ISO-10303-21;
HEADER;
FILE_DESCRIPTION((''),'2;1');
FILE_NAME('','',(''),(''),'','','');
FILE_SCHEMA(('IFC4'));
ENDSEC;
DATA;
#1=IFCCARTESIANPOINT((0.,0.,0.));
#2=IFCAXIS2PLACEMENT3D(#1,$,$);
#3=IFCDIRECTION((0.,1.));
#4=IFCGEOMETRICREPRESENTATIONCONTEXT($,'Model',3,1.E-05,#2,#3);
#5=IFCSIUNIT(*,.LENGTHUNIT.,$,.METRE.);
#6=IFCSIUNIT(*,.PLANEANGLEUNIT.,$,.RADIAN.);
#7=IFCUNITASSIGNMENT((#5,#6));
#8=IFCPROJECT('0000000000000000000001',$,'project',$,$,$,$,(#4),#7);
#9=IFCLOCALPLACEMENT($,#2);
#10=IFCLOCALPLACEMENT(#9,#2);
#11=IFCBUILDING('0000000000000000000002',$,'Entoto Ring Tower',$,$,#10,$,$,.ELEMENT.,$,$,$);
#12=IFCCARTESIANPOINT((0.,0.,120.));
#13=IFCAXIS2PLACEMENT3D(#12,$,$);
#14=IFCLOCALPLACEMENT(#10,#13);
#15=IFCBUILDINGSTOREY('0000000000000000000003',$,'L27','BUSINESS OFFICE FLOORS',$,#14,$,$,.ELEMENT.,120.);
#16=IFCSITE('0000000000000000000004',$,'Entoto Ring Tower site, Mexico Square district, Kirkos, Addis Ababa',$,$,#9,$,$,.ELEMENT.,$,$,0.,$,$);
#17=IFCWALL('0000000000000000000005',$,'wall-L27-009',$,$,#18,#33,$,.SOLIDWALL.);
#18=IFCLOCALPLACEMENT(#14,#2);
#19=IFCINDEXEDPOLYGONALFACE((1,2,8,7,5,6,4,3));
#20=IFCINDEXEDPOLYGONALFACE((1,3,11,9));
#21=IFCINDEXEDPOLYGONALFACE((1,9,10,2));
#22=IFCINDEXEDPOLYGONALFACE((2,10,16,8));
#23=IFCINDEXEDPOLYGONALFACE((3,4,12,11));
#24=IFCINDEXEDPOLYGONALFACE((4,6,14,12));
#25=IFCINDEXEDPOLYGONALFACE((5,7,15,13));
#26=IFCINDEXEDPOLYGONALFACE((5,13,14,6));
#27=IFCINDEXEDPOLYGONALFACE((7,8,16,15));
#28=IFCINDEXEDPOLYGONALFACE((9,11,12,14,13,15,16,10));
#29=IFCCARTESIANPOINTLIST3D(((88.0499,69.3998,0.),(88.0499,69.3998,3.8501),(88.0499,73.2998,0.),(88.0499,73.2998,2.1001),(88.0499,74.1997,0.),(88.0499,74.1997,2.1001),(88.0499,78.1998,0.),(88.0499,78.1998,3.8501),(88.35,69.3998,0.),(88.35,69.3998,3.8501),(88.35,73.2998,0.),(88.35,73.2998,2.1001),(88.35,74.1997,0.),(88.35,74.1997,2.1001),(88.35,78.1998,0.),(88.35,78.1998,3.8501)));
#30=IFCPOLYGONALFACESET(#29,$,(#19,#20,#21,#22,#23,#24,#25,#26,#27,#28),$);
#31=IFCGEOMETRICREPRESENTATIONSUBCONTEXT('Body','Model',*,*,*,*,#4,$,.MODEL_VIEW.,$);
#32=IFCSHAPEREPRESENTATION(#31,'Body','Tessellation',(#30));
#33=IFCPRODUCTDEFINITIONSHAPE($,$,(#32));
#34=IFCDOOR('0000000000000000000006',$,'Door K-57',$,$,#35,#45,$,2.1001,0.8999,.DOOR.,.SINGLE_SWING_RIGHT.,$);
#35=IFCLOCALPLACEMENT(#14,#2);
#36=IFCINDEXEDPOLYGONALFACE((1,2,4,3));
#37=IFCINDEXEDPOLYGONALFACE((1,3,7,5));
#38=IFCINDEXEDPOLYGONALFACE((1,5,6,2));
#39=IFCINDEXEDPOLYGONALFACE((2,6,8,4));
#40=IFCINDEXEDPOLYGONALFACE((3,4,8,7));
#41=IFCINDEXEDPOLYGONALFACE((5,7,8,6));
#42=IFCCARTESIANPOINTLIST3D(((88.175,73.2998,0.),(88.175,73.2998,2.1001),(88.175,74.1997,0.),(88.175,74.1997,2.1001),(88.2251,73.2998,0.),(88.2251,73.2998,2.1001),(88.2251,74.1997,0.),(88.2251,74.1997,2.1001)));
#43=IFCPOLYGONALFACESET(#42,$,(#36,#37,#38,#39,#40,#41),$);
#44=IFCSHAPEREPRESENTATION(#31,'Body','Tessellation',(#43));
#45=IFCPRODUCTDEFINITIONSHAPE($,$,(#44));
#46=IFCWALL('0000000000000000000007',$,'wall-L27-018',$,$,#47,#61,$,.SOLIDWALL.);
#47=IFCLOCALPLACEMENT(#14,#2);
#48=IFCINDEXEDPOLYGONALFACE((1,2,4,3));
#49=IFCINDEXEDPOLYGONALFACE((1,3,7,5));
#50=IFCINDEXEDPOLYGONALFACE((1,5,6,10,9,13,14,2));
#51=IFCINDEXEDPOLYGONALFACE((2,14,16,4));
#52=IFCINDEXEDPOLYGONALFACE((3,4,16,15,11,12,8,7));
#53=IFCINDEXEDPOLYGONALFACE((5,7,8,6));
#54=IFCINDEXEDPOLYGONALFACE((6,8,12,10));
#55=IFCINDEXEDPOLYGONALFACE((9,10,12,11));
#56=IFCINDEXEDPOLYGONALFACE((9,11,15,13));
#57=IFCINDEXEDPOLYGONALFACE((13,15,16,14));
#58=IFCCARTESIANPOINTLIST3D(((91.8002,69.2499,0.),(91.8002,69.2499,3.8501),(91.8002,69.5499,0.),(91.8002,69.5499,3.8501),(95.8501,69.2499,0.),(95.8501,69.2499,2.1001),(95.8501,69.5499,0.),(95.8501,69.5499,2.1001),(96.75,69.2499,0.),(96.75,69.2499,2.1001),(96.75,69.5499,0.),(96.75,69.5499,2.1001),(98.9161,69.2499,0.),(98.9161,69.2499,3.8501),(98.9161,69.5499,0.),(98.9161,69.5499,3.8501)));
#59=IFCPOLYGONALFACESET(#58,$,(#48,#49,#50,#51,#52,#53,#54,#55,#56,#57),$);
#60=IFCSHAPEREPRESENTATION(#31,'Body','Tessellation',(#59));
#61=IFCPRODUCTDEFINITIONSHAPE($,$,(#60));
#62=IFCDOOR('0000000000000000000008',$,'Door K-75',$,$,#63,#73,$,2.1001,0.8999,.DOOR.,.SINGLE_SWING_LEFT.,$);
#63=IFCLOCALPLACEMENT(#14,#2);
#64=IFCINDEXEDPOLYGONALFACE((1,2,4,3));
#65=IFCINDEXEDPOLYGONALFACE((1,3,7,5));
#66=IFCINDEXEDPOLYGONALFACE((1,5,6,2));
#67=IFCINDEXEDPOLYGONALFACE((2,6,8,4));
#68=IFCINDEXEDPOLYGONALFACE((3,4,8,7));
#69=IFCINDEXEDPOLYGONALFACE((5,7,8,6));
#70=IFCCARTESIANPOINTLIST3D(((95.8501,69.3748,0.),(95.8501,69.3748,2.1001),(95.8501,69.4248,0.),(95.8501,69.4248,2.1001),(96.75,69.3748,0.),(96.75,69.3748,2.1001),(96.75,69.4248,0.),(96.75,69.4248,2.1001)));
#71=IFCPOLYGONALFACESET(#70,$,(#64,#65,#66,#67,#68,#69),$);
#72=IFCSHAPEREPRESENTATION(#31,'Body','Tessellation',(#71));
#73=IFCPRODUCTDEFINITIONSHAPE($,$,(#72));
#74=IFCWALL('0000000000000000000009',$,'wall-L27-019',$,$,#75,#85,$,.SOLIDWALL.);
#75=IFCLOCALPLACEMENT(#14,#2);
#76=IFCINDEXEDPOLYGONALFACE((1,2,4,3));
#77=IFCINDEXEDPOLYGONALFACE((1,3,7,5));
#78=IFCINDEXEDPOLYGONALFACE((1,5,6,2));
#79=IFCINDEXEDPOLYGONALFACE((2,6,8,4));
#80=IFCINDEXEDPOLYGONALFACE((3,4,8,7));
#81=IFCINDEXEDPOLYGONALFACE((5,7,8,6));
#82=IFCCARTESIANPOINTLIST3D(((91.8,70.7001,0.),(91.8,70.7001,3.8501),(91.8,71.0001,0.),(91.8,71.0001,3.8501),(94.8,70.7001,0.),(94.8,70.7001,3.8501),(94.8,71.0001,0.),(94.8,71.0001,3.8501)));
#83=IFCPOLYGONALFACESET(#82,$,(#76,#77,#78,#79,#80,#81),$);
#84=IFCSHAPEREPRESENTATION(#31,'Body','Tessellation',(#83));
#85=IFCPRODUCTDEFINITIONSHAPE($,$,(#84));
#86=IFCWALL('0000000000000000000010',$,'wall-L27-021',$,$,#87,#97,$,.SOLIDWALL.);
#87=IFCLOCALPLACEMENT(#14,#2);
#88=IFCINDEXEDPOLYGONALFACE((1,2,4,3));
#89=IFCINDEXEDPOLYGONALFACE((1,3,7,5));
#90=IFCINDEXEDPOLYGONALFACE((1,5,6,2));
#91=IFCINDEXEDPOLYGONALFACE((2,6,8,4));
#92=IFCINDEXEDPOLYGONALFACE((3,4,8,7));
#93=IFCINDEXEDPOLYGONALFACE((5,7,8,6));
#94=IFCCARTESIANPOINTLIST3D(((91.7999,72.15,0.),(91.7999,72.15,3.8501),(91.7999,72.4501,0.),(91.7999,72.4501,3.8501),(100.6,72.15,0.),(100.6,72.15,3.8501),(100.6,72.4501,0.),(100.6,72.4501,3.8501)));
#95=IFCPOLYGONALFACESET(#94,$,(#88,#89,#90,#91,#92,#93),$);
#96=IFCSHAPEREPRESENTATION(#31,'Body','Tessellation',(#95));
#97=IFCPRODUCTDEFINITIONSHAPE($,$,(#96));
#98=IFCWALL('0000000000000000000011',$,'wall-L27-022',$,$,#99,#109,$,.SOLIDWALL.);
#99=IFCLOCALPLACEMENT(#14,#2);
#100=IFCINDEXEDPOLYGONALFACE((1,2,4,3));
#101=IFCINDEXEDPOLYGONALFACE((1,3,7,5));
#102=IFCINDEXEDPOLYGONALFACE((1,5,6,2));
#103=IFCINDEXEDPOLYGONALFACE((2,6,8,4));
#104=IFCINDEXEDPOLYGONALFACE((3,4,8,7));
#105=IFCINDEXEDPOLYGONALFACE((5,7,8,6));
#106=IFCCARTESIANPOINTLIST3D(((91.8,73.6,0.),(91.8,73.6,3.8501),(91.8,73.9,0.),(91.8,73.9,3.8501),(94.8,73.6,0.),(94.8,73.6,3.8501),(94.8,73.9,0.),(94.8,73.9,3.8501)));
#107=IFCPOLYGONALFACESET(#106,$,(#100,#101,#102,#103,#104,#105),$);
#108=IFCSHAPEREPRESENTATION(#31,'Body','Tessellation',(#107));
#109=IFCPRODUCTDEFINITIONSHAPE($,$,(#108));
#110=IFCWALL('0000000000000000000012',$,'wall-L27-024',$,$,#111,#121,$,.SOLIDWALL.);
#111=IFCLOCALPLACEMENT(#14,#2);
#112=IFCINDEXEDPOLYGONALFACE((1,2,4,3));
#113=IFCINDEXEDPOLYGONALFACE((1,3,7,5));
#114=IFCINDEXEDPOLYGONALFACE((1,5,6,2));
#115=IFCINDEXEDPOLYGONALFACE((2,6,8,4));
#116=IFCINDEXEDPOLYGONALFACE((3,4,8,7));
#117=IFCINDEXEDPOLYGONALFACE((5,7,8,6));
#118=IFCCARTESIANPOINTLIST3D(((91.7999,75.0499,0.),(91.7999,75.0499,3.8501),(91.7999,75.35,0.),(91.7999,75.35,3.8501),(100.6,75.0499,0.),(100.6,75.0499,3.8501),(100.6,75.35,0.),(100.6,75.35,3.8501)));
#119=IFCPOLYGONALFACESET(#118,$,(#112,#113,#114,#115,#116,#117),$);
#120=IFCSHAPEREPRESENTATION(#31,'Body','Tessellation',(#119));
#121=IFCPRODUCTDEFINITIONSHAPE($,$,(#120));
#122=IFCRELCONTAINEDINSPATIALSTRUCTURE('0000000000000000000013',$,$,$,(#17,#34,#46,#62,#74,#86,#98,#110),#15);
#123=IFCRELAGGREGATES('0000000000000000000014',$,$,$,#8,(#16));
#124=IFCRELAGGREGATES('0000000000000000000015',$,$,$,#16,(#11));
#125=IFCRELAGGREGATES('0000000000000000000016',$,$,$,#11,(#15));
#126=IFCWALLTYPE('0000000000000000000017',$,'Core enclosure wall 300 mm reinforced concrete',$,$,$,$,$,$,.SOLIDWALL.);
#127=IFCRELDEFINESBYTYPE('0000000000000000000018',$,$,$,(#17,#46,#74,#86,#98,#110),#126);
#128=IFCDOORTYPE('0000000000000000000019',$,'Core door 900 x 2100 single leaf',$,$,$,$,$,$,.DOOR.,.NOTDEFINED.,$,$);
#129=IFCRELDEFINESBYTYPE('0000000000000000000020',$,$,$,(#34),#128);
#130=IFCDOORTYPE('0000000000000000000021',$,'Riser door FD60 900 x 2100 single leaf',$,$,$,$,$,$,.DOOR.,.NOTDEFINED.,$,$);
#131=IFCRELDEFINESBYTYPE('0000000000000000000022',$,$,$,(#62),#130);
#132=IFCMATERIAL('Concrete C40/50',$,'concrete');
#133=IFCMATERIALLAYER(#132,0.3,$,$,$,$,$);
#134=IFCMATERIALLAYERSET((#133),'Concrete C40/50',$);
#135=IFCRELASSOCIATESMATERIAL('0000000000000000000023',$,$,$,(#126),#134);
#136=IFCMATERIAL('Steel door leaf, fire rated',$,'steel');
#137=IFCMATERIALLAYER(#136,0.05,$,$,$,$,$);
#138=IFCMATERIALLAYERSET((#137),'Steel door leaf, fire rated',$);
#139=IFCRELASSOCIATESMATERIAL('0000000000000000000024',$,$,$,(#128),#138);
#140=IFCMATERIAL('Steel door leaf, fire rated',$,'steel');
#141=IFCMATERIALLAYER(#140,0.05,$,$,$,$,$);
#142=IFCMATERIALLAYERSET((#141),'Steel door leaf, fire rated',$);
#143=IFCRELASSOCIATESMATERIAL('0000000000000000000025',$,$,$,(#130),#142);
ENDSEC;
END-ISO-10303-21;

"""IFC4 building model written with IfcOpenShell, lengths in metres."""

from ifc_helpers import new_model, si_unit, direction, frame, frame_2d, origin, place, context, subcontext, project, spatial, rectangle, extrude, material, layer, layer_set, type_object, element, fill, save


model = new_model("IFC4")

# Units and contexts
model_context = context("Model", 3, precision=1e-05, world=origin(), true_north=direction((0.0, 1.0)))
body_context = subcontext(model_context, "Body", "Model", "MODEL_VIEW")
ifc_project = project(units=[si_unit("LENGTHUNIT", "METRE"), si_unit("PLANEANGLEUNIT", "RADIAN")], contexts=[model_context])

# Site, building, storey
site_placement = place(None, origin())
site = spatial("IfcSite", under=ifc_project, at=site_placement, Name="Entoto Ring Tower site, Mexico Square district, Kirkos, Addis Ababa", CompositionType="ELEMENT", RefElevation=0.0)
building_placement = place(site_placement, origin())
building = spatial("IfcBuilding", under=site, at=building_placement, Name="Entoto Ring Tower", CompositionType="ELEMENT")
storey_placement = place(building_placement, frame((0.0, 0.0, 120.0)))
storey = spatial("IfcBuildingStorey", under=building, at=storey_placement, Name="L27", Description="BUSINESS OFFICE FLOORS", CompositionType="ELEMENT", Elevation=120.0)

# Shared definitions
ifc_material_1 = material(Name="Concrete C40/50", Category="concrete")
ifc_layer_1 = layer(ifc_material_1, 0.3)
ifc_layer_set_1 = layer_set([ifc_layer_1], Name="Concrete C40/50")
wall_type = type_object("IfcWallType", Name="Core enclosure wall 300 mm reinforced concrete", PredefinedType="SOLIDWALL", material=ifc_layer_set_1)

# Shared definitions
ifc_material_2 = material(Name="Steel door leaf, fire rated", Category="steel")
ifc_layer_2 = layer(ifc_material_2, 0.05)
ifc_layer_set_2 = layer_set([ifc_layer_2], Name="Steel door leaf, fire rated")
door_type_1 = type_object("IfcDoorType", Name="Core door 900 x 2100 single leaf", OperationType="NOTDEFINED", PredefinedType="DOOR", material=ifc_layer_set_2)

# Walls, openings, doors
wall_1_placement = place(storey_placement, frame((88.2, 69.3999, 0.0), z_axis=(0.0, 0.0, 1.0), x_axis=(0.0, 1.0, 0.0)))
wall_1 = element("IfcWall", 1, at=wall_1_placement, inside=storey, type_object=wall_type, Name="wall-L27-009", PredefinedType="SOLIDWALL", context=body_context, shape_type="SweptSolid", body=[
    extrude(rectangle(XDim=8.8, YDim=0.3, at=frame_2d((4.3999, 0.0))), origin(), (0.0, 0.0, 1.0), 3.8501),
])
opening_1_placement = place(wall_1_placement, frame((3.8999, 0.0, 0.0)))
opening_1 = element("IfcOpeningElement", 2, at=opening_1_placement, cuts=wall_1, PredefinedType="OPENING", context=body_context, shape_type="SweptSolid", body=[
    extrude(rectangle(XDim=0.8999, YDim=2.1001, at=frame_2d((0.45, 1.05))), frame((0.0, 0.1602, 0.0), z_axis=(0.0, -1.0, 0.0), x_axis=(1.0, 0.0, 0.0)), (0.0, 0.0, 1.0), 0.3201),
])
door_1_placement = place(opening_1_placement, origin())
door_1 = element("IfcDoor", 3, at=door_1_placement, inside=storey, type_object=door_type_1, Name="Door K-57", OperationType="SINGLE_SWING_RIGHT", OverallHeight=2.1001, OverallWidth=0.8999, PredefinedType="DOOR", context=body_context, shape_type="SweptSolid", body=[
    extrude(rectangle(XDim=0.8999, YDim=2.1001, at=frame_2d((0.45, 1.05))), frame((0.0, 0.0249, 0.0), z_axis=(0.0, -1.0, 0.0), x_axis=(1.0, 0.0, 0.0)), (0.0, 0.0, 1.0), 0.05),
])
fill(opening_1, door_1)
wall_2_placement = place(storey_placement, frame((91.8, 69.3999, 0.0), z_axis=(0.0, 0.0, 1.0), x_axis=(1.0, 0.0, 0.0)))
wall_2 = element("IfcWall", 4, at=wall_2_placement, inside=storey, type_object=wall_type, Name="wall-L27-018", PredefinedType="SOLIDWALL", context=body_context, shape_type="SweptSolid", body=[
    extrude(rectangle(XDim=7.116, YDim=0.3, at=frame_2d((3.5581, 0.0))), origin(), (0.0, 0.0, 1.0), 3.8501),
])
opening_2_placement = place(wall_2_placement, frame((4.05, 0.0, 0.0)))
opening_2 = element("IfcOpeningElement", 5, at=opening_2_placement, cuts=wall_2, PredefinedType="OPENING", context=body_context, shape_type="SweptSolid", body=[
    extrude(rectangle(XDim=0.8999, YDim=2.1001, at=frame_2d((0.45, 1.05))), frame((0.0, 0.1602, 0.0), z_axis=(0.0, -1.0, 0.0), x_axis=(1.0, 0.0, 0.0)), (0.0, 0.0, 1.0), 0.3201),
])
ifc_material_3 = material(Name="Steel door leaf, fire rated", Category="steel")
ifc_layer_3 = layer(ifc_material_3, 0.05)
ifc_layer_set_3 = layer_set([ifc_layer_3], Name="Steel door leaf, fire rated")
door_type_2 = type_object("IfcDoorType", Name="Riser door FD60 900 x 2100 single leaf", OperationType="NOTDEFINED", PredefinedType="DOOR", material=ifc_layer_set_3)
door_2_placement = place(opening_2_placement, origin())
door_2 = element("IfcDoor", 6, at=door_2_placement, inside=storey, type_object=door_type_2, Name="Door K-75", OperationType="SINGLE_SWING_LEFT", OverallHeight=2.1001, OverallWidth=0.8999, PredefinedType="DOOR", context=body_context, shape_type="SweptSolid", body=[
    extrude(rectangle(XDim=0.8999, YDim=2.1001, at=frame_2d((0.45, 1.05))), frame((0.0, 0.0249, 0.0), z_axis=(0.0, -1.0, 0.0), x_axis=(1.0, 0.0, 0.0)), (0.0, 0.0, 1.0), 0.05),
])
fill(opening_2, door_2)

# Walls
wall_3_placement = place(storey_placement, frame((91.8, 70.8501, 0.0), z_axis=(0.0, 0.0, 1.0), x_axis=(1.0, 0.0, 0.0)))
element("IfcWall", 7, at=wall_3_placement, inside=storey, type_object=wall_type, Name="wall-L27-019", PredefinedType="SOLIDWALL", context=body_context, shape_type="SweptSolid", body=[
    extrude(rectangle(XDim=3.0, YDim=0.3, at=frame_2d((1.5, 0.0))), origin(), (0.0, 0.0, 1.0), 3.8501),
])
wall_4_placement = place(storey_placement, frame((91.8, 72.3, 0.0), z_axis=(0.0, 0.0, 1.0), x_axis=(1.0, 0.0, 0.0)))
element("IfcWall", 8, at=wall_4_placement, inside=storey, type_object=wall_type, Name="wall-L27-021", PredefinedType="SOLIDWALL", context=body_context, shape_type="SweptSolid", body=[
    extrude(rectangle(XDim=8.8, YDim=0.3, at=frame_2d((4.3999, 0.0))), origin(), (0.0, 0.0, 1.0), 3.8501),
])
wall_5_placement = place(storey_placement, frame((91.8, 73.75, 0.0), z_axis=(0.0, 0.0, 1.0), x_axis=(1.0, 0.0, 0.0)))
element("IfcWall", 9, at=wall_5_placement, inside=storey, type_object=wall_type, Name="wall-L27-022", PredefinedType="SOLIDWALL", context=body_context, shape_type="SweptSolid", body=[
    extrude(rectangle(XDim=3.0, YDim=0.3, at=frame_2d((1.5, 0.0))), origin(), (0.0, 0.0, 1.0), 3.8501),
])
wall_6_placement = place(storey_placement, frame((91.8, 75.2, 0.0), z_axis=(0.0, 0.0, 1.0), x_axis=(1.0, 0.0, 0.0)))
element("IfcWall", 10, at=wall_6_placement, inside=storey, type_object=wall_type, Name="wall-L27-024", PredefinedType="SOLIDWALL", context=body_context, shape_type="SweptSolid", body=[
    extrude(rectangle(XDim=8.8, YDim=0.3, at=frame_2d((4.3999, 0.0))), origin(), (0.0, 0.0, 1.0), 3.8501),
])

save(model, "model.ifc")
